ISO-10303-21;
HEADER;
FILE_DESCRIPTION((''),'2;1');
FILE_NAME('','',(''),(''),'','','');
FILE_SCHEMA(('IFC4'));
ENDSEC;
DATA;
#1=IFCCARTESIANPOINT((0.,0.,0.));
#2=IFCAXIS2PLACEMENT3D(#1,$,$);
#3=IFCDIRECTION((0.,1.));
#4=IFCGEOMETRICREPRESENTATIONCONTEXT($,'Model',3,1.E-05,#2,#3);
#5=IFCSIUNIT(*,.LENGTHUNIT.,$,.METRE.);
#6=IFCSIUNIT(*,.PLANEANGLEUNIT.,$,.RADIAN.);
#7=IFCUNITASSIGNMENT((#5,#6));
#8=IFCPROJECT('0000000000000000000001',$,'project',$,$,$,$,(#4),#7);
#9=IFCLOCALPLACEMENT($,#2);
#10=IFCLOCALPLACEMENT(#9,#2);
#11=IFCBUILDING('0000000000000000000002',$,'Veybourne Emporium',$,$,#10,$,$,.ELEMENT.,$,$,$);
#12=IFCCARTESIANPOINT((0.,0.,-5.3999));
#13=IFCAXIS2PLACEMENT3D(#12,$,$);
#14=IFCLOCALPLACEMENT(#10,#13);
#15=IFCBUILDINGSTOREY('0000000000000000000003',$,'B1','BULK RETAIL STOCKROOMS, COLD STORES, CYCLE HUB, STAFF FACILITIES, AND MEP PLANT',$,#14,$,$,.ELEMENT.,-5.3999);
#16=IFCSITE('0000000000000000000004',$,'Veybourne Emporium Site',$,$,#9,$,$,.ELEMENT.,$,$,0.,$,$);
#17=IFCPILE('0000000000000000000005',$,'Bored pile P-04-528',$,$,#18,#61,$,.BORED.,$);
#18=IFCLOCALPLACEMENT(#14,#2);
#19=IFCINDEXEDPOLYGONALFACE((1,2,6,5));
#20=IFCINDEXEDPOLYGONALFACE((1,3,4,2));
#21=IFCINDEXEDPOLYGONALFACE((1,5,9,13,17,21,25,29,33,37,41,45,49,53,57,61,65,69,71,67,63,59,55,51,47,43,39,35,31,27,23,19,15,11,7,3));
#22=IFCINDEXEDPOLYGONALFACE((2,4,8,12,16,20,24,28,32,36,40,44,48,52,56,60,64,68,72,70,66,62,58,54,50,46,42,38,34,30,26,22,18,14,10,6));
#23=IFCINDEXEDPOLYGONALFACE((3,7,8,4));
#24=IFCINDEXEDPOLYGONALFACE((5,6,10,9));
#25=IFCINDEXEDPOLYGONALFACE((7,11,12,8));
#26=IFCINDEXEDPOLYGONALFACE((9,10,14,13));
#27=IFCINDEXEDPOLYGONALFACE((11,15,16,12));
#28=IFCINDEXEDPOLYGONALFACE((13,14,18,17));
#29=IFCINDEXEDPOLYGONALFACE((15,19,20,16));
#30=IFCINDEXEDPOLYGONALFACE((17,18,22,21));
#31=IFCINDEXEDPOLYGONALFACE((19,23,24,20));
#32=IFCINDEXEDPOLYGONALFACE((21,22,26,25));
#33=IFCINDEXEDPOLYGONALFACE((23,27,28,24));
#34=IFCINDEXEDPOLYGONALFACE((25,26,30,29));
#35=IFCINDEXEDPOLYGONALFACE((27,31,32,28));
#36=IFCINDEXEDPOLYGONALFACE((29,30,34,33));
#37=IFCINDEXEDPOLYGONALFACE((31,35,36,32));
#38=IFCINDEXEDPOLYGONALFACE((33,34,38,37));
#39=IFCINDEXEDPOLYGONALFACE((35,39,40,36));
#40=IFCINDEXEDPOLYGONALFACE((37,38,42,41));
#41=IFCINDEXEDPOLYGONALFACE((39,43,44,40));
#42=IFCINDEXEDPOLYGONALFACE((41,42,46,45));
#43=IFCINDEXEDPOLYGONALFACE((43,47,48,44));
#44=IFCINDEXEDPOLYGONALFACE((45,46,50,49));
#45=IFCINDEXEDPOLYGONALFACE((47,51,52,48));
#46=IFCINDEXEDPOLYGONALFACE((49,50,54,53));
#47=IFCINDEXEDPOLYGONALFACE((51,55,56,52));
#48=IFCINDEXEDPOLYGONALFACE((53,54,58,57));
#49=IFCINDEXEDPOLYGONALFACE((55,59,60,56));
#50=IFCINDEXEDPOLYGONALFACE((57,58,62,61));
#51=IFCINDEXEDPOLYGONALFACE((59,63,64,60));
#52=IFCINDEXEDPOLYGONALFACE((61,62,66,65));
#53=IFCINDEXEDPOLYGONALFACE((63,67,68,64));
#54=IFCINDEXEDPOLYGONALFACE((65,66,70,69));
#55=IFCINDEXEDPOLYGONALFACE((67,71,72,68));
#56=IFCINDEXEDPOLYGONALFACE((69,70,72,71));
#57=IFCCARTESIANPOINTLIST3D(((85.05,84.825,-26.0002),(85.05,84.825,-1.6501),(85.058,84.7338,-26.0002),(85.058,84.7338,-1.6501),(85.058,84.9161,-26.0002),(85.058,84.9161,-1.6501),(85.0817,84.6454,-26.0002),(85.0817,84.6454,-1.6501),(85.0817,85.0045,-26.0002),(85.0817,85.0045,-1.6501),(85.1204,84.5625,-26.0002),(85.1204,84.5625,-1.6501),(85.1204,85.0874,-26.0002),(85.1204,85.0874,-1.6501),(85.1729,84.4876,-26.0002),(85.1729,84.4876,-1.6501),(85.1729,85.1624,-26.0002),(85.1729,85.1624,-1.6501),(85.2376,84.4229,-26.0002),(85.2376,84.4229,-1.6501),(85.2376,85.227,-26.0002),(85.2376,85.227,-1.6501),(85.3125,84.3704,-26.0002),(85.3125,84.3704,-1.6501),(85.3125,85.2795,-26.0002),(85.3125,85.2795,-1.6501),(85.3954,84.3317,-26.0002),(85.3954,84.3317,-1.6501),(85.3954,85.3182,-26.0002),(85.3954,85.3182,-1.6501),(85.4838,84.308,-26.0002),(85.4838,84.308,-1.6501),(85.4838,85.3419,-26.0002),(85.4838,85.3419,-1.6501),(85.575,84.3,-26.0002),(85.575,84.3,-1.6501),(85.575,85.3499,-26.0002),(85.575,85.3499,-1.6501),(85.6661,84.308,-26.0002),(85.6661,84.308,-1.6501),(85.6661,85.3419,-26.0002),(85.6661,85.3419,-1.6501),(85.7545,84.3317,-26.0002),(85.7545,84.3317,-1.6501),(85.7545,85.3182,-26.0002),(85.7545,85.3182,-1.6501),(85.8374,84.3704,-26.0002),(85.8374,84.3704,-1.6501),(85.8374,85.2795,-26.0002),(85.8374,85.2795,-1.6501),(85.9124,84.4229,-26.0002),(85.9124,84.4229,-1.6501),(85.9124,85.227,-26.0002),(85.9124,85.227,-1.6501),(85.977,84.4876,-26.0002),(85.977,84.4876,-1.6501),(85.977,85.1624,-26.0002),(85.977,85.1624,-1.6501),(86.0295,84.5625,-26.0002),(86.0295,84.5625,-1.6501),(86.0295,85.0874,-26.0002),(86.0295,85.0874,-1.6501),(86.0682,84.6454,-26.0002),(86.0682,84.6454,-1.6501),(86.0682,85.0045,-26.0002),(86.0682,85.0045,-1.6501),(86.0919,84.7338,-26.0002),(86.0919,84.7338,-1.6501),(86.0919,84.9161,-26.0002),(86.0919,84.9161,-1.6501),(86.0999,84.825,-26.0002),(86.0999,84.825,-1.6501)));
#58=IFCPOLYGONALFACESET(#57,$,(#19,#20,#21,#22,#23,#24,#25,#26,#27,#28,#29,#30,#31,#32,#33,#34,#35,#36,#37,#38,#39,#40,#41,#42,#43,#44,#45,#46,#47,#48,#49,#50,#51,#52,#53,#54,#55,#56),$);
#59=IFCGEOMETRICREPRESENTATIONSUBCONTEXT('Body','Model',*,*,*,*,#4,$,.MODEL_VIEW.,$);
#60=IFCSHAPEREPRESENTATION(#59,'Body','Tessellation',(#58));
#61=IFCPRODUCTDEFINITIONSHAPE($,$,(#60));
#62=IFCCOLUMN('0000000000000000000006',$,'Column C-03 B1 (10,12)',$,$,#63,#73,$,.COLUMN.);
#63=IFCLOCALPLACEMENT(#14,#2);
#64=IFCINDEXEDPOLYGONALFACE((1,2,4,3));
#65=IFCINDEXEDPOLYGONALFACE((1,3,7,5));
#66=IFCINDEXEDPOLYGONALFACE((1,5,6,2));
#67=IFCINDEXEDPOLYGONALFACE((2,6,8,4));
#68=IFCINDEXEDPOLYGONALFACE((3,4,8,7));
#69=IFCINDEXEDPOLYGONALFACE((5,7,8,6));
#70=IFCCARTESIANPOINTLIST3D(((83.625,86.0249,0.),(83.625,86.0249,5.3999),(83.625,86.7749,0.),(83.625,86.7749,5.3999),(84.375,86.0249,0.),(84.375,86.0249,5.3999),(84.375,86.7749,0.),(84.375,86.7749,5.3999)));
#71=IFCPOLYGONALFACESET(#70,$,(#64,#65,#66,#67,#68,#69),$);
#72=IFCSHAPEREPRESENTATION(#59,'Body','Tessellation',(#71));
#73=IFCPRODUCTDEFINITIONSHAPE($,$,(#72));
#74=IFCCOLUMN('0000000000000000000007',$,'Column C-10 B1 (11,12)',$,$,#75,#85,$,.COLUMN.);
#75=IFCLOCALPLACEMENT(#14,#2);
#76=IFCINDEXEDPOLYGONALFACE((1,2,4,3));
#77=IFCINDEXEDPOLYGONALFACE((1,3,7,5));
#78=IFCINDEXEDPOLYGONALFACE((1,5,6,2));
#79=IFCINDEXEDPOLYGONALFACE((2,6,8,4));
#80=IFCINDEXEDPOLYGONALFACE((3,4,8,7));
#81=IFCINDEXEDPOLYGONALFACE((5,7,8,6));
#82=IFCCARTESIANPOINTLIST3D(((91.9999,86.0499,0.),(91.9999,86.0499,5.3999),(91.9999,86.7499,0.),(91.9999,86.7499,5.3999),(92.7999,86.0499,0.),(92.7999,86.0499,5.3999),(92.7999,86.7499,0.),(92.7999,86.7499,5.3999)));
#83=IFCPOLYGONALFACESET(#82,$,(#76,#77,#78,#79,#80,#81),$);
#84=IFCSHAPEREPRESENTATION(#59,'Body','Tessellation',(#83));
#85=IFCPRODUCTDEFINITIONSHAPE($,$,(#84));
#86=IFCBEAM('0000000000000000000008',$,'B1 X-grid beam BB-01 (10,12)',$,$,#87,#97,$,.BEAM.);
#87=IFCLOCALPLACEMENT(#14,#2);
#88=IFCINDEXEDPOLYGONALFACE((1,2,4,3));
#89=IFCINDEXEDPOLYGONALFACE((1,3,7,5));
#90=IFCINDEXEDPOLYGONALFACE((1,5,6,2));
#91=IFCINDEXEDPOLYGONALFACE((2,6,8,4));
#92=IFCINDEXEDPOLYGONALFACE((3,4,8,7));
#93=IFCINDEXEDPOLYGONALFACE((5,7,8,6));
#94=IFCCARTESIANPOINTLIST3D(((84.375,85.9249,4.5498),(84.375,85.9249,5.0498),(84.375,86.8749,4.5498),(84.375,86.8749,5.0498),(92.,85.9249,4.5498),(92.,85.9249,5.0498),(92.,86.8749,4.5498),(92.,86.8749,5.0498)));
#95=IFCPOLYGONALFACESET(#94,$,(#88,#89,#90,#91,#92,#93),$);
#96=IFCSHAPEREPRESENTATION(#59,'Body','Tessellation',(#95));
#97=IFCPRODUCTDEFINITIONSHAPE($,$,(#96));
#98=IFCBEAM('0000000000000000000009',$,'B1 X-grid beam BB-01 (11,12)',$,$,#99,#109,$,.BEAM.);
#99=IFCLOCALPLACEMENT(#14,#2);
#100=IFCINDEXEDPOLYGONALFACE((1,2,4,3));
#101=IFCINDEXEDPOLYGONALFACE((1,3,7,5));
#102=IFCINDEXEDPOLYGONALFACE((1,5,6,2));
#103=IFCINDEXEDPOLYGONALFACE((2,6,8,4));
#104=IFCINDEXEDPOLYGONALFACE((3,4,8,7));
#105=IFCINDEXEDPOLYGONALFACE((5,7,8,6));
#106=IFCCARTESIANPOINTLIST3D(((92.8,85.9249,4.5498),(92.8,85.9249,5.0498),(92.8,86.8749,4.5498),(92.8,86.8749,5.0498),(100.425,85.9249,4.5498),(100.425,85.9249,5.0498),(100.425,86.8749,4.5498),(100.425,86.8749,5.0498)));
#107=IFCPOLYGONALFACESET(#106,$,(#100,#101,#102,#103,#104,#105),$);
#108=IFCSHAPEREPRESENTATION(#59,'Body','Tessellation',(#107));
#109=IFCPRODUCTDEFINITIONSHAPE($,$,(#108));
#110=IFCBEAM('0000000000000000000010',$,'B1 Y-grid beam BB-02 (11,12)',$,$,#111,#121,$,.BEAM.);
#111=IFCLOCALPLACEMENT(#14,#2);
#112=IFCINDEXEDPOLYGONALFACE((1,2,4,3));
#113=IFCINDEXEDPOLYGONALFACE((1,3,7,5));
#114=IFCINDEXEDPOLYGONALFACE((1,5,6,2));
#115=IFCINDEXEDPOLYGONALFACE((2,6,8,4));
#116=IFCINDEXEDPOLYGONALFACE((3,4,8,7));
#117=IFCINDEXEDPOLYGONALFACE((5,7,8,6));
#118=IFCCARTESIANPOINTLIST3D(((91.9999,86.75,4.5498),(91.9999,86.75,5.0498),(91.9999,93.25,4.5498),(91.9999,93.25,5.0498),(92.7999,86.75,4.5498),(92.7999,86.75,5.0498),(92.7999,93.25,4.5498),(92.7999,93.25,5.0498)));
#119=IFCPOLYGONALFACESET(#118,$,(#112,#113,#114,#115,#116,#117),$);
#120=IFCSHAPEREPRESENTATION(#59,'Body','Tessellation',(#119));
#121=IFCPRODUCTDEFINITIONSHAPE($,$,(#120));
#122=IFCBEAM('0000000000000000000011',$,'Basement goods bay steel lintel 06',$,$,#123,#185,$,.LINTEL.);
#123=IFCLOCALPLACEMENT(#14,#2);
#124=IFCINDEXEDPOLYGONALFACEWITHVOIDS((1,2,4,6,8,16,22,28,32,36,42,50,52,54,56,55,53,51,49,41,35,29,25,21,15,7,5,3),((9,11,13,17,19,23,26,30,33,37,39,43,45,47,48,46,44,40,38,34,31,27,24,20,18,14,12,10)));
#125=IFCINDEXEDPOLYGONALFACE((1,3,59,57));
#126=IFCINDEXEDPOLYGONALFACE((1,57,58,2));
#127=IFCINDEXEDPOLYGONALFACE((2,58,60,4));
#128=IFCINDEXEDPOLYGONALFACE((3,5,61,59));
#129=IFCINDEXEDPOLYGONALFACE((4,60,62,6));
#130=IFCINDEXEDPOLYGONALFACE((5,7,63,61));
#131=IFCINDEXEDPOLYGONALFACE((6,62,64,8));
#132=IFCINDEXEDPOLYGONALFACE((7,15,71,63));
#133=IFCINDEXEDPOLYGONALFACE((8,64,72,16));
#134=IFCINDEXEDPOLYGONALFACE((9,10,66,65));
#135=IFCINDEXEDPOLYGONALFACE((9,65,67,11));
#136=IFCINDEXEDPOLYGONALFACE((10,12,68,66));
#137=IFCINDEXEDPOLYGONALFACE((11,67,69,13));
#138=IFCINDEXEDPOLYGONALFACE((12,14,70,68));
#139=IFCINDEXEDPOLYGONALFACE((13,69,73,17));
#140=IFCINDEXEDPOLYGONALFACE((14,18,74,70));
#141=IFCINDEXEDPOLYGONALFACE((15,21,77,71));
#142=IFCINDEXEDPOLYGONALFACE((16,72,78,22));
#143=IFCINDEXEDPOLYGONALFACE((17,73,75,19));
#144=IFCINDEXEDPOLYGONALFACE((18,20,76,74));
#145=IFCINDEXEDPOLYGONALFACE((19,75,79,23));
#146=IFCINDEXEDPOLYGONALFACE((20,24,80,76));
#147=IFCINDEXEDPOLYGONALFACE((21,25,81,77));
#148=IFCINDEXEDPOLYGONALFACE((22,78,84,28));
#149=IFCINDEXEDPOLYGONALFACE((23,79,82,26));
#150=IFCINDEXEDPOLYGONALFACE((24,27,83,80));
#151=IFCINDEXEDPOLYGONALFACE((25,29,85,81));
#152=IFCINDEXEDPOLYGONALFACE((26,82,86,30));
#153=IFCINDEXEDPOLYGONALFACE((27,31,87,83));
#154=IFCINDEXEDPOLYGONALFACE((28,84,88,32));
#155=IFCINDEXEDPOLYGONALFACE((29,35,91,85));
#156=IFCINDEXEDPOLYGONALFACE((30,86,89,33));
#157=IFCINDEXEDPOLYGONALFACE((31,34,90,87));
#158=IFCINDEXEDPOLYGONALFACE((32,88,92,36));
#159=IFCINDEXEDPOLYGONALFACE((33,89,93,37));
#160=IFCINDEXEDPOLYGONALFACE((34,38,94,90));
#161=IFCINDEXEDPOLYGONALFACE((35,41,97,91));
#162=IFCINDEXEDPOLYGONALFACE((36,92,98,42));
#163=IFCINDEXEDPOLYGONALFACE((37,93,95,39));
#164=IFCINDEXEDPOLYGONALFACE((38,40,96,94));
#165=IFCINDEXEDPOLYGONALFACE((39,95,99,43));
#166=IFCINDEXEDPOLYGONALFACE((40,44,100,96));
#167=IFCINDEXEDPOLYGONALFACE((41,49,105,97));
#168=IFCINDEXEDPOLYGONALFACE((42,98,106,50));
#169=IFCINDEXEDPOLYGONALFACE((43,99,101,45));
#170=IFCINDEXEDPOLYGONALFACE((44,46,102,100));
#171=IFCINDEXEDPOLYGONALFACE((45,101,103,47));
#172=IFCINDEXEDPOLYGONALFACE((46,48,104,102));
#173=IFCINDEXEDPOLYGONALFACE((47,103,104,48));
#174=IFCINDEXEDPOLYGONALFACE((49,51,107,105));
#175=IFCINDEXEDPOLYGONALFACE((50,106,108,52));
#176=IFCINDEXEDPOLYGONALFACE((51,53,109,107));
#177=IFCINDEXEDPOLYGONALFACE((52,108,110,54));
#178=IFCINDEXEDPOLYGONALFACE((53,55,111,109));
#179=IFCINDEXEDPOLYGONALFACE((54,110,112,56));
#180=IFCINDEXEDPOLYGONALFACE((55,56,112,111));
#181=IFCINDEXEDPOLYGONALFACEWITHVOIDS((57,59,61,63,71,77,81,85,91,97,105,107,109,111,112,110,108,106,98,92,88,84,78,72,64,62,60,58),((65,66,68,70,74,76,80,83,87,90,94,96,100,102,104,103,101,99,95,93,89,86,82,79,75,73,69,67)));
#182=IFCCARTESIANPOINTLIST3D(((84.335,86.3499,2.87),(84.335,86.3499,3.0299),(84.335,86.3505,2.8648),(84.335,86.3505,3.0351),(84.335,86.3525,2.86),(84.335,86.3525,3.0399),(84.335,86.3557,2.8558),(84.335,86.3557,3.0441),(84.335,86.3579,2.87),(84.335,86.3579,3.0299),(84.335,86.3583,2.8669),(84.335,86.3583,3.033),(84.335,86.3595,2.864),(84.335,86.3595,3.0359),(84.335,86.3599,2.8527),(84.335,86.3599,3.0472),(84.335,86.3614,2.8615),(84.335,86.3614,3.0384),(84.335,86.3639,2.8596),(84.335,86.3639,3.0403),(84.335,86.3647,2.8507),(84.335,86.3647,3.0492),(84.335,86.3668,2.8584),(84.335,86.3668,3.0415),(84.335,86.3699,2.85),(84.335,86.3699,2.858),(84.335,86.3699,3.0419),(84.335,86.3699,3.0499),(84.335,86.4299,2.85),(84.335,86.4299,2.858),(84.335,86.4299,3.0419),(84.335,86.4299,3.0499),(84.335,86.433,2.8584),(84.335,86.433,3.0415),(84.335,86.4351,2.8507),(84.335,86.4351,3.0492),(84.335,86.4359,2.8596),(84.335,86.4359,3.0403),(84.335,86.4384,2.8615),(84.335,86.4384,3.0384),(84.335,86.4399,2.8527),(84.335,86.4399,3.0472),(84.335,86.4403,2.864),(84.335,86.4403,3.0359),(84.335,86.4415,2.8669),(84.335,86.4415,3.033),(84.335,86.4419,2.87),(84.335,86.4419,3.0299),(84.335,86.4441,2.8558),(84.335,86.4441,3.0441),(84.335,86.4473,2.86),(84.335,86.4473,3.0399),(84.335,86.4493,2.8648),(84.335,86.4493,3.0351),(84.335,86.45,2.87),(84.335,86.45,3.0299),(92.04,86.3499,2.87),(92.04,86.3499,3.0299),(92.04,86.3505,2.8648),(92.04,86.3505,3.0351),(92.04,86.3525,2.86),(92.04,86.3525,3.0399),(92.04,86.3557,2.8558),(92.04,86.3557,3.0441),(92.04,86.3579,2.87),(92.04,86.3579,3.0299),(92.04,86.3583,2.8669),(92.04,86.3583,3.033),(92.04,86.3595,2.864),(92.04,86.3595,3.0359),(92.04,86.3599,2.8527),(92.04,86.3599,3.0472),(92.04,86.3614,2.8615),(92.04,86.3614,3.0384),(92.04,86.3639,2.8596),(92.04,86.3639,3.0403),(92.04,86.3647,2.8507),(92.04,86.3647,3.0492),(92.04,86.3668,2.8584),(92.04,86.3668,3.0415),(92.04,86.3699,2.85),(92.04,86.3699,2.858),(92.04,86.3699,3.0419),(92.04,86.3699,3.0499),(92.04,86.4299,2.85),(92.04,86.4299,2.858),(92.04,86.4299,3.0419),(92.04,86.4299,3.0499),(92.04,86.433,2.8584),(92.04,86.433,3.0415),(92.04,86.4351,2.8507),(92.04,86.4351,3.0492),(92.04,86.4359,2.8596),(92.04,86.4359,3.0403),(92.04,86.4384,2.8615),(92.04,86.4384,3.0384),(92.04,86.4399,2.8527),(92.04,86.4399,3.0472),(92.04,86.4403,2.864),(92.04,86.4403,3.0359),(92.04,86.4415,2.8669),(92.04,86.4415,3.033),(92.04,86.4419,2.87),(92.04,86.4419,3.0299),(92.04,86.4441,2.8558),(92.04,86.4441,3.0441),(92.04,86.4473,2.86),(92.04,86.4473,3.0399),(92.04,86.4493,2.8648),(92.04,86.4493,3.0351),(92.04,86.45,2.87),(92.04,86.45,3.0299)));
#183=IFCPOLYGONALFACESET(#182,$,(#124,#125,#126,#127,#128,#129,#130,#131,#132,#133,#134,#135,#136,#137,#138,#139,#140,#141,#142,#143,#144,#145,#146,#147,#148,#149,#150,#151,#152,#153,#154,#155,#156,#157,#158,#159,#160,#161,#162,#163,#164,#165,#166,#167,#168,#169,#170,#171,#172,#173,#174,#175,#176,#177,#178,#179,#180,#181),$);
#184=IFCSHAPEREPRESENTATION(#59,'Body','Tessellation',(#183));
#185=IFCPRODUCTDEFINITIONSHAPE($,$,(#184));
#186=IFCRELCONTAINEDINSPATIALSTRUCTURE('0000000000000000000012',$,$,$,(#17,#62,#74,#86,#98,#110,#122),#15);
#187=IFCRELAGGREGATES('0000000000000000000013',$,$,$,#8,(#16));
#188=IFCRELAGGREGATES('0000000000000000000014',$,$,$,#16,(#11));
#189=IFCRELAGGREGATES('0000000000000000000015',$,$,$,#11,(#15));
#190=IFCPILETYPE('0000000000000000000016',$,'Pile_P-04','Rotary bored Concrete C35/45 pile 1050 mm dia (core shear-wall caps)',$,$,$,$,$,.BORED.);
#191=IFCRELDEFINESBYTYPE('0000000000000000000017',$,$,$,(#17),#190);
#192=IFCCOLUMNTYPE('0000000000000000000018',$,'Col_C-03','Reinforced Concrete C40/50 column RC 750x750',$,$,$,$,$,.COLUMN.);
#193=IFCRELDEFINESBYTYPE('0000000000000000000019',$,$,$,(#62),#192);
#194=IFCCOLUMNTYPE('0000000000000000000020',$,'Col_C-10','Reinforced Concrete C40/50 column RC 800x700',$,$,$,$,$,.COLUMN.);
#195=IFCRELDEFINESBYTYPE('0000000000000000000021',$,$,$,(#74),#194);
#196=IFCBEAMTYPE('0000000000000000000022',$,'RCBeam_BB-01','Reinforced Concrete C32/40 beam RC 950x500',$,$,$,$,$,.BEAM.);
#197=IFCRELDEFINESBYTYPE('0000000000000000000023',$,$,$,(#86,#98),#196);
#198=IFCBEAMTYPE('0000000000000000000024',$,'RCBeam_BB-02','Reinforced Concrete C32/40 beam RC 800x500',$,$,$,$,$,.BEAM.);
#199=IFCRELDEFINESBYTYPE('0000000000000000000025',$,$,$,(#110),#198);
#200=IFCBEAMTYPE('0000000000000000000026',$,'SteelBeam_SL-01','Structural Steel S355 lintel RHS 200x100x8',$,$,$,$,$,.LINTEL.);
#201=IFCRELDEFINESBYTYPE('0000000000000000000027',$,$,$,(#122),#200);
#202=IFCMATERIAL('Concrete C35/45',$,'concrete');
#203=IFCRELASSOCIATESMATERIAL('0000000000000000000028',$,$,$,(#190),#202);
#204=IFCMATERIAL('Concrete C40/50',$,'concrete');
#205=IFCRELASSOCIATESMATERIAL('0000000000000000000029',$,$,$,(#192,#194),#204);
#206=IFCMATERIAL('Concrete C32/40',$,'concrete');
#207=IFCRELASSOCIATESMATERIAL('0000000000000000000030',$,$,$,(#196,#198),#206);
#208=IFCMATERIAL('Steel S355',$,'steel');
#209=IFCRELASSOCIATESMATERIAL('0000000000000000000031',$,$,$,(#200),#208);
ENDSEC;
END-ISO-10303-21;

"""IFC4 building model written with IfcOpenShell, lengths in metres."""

from ifc_helpers import new_model, si_unit, direction, frame, origin, origin_2d, place, context, subcontext, project, spatial, rectangle, hollow_rectangle, circle, extrude, material, material_profile, profile_set, type_object, element, save


model = new_model("IFC4")

# Units and contexts
model_context = context("Model", 3, precision=1e-05, world=origin(), true_north=direction((0.0, 1.0)))
body_context = subcontext(model_context, "Body", "Model", "MODEL_VIEW")
ifc_project = project(units=[si_unit("LENGTHUNIT", "METRE"), si_unit("PLANEANGLEUNIT", "RADIAN")], contexts=[model_context])

# Site, building, storey
site_placement = place(None, origin())
site = spatial("IfcSite", under=ifc_project, at=site_placement, Name="Veybourne Emporium Site", CompositionType="ELEMENT", RefElevation=0.0)
building_placement = place(site_placement, origin())
building = spatial("IfcBuilding", under=site, at=building_placement, Name="Veybourne Emporium", CompositionType="ELEMENT")
storey_placement = place(building_placement, frame((0.0, 0.0, -5.3999)))
storey = spatial("IfcBuildingStorey", under=building, at=storey_placement, Name="B1", Description="BULK RETAIL STOCKROOMS, COLD STORES, CYCLE HUB, STAFF FACILITIES, AND MEP PLANT", CompositionType="ELEMENT", Elevation=-5.3999)

# Shared definitions
ifc_material_1 = material(Name="Concrete C35/45", Category="concrete")

# Pile
ifc_material_profile_1 = material_profile(ifc_material_1, circle(Radius=0.5249, at=origin_2d()), Name="BORED PILE 1050")
ifc_profile_set_1 = profile_set([ifc_material_profile_1], Name="Concrete C35/45")
pile_type_1 = type_object("IfcPileType", Name="Pile_P-04", Description="Rotary bored Concrete C35/45 pile 1050 mm dia (core shear-wall caps)", PredefinedType="BORED", material=ifc_profile_set_1)
pile_placement = place(storey_placement, frame((85.575, 84.825, -1.6501), z_axis=(0.0, 0.0, -1.0), x_axis=(1.0, 0.0, 0.0)))
element("IfcPile", 1, at=pile_placement, inside=storey, type_object=pile_type_1, Name="Bored pile P-04-528", PredefinedType="BORED", context=body_context, shape_type="SweptSolid", body=[
    extrude(circle(Radius=0.5249, at=origin_2d()), origin(), (0.0, 0.0, 1.0), 24.3501),
])

# Columns
ifc_material_2 = material(Name="Concrete C40/50", Category="concrete")
ifc_material_profile_2 = material_profile(ifc_material_2, rectangle(XDim=0.75, YDim=0.75, at=origin_2d()), Name="RC 750x750")
ifc_profile_set_2 = profile_set([ifc_material_profile_2], Name="Concrete C40/50")
column_type_1 = type_object("IfcColumnType", Name="Col_C-03", Description="Reinforced Concrete C40/50 column RC 750x750", PredefinedType="COLUMN", material=ifc_profile_set_2)
column_1_placement = place(storey_placement, frame((84.0, 86.3999, 0.0), z_axis=(0.0, 0.0, 1.0), x_axis=(1.0, 0.0, 0.0)))
element("IfcColumn", 2, at=column_1_placement, inside=storey, type_object=column_type_1, Name="Column C-03 B1 (10,12)", PredefinedType="COLUMN", context=body_context, shape_type="SweptSolid", body=[
    extrude(rectangle(XDim=0.75, YDim=0.75, at=origin_2d()), origin(), (0.0, 0.0, 1.0), 5.3999),
])
ifc_material_profile_3 = material_profile(ifc_material_2, rectangle(XDim=0.8, YDim=0.7, at=origin_2d()), Name="RC 800x700")
ifc_profile_set_3 = profile_set([ifc_material_profile_3], Name="Concrete C40/50")
column_type_2 = type_object("IfcColumnType", Name="Col_C-10", Description="Reinforced Concrete C40/50 column RC 800x700", PredefinedType="COLUMN", material=ifc_profile_set_3)
column_2_placement = place(storey_placement, frame((92.3999, 86.3999, 0.0), z_axis=(0.0, 0.0, 1.0), x_axis=(1.0, 0.0, 0.0)))
element("IfcColumn", 3, at=column_2_placement, inside=storey, type_object=column_type_2, Name="Column C-10 B1 (11,12)", PredefinedType="COLUMN", context=body_context, shape_type="SweptSolid", body=[
    extrude(rectangle(XDim=0.8, YDim=0.7, at=origin_2d()), origin(), (0.0, 0.0, 1.0), 5.3999),
])

# Beams
ifc_material_3 = material(Name="Concrete C32/40", Category="concrete")
ifc_material_profile_4 = material_profile(ifc_material_3, rectangle(XDim=0.95, YDim=0.5, at=origin_2d()), Name="RC 950x500")
ifc_profile_set_4 = profile_set([ifc_material_profile_4], Name="Concrete C32/40")
beam_type_1 = type_object("IfcBeamType", Name="RCBeam_BB-01", Description="Reinforced Concrete C32/40 beam RC 950x500", PredefinedType="BEAM", material=ifc_profile_set_4)
for number, where, z_axis, x_axis, name in (
    (4, (84.375, 86.3999, 4.7998), (1.0, 0.0, 0.0), (0.0, 1.0, 0.0), "B1 X-grid beam BB-01 (10,12)"),
    (5, (92.8, 86.3999, 4.7998), (1.0, 0.0, 0.0), (0.0, 1.0, 0.0), "B1 X-grid beam BB-01 (11,12)"),
):
    element("IfcBeam", number, at=place(storey_placement, frame(where, z_axis=z_axis, x_axis=x_axis)), inside=storey, type_object=beam_type_1, Name=name, PredefinedType="BEAM", context=body_context, shape_type="SweptSolid", body=[
        extrude(rectangle(XDim=0.95, YDim=0.5, at=origin_2d()), origin(), (0.0, 0.0, 1.0), 7.625),
    ])
ifc_material_profile_5 = material_profile(ifc_material_3, rectangle(XDim=0.8, YDim=0.5, at=origin_2d()), Name="RC 800x500")
ifc_profile_set_5 = profile_set([ifc_material_profile_5], Name="Concrete C32/40")
beam_type_2 = type_object("IfcBeamType", Name="RCBeam_BB-02", Description="Reinforced Concrete C32/40 beam RC 800x500", PredefinedType="BEAM", material=ifc_profile_set_5)
beam_1_placement = place(storey_placement, frame((92.3999, 86.75, 4.7998), z_axis=(0.0, 1.0, 0.0), x_axis=(-1.0, 0.0, 0.0)))
element("IfcBeam", 6, at=beam_1_placement, inside=storey, type_object=beam_type_2, Name="B1 Y-grid beam BB-02 (11,12)", PredefinedType="BEAM", context=body_context, shape_type="SweptSolid", body=[
    extrude(rectangle(XDim=0.8, YDim=0.5, at=origin_2d()), origin(), (0.0, 0.0, 1.0), 6.5),
])
ifc_material_4 = material(Name="Steel S355", Category="steel")
ifc_material_profile_6 = material_profile(ifc_material_4, hollow_rectangle(XDim=0.1001, YDim=0.2, WallThickness=0.0081, InnerFilletRadius=0.012, OuterFilletRadius=0.02, at=origin_2d()), Name="RHS 200x100x8")
ifc_profile_set_6 = profile_set([ifc_material_profile_6], Name="Steel S355")
beam_type_3 = type_object("IfcBeamType", Name="SteelBeam_SL-01", Description="Structural Steel S355 lintel RHS 200x100x8", PredefinedType="LINTEL", material=ifc_profile_set_6)
beam_2_placement = place(storey_placement, frame((84.335, 86.3999, 2.95), z_axis=(1.0, 0.0, 0.0), x_axis=(0.0, 1.0, 0.0)))
element("IfcBeam", 7, at=beam_2_placement, inside=storey, type_object=beam_type_3, Name="Basement goods bay steel lintel 06", PredefinedType="LINTEL", context=body_context, shape_type="SweptSolid", body=[
    extrude(hollow_rectangle(XDim=0.1001, YDim=0.2, WallThickness=0.0081, InnerFilletRadius=0.012, OuterFilletRadius=0.02, at=origin_2d()), origin(), (0.0, 0.0, 1.0), 7.7051),
])

save(model, "model.ifc")
